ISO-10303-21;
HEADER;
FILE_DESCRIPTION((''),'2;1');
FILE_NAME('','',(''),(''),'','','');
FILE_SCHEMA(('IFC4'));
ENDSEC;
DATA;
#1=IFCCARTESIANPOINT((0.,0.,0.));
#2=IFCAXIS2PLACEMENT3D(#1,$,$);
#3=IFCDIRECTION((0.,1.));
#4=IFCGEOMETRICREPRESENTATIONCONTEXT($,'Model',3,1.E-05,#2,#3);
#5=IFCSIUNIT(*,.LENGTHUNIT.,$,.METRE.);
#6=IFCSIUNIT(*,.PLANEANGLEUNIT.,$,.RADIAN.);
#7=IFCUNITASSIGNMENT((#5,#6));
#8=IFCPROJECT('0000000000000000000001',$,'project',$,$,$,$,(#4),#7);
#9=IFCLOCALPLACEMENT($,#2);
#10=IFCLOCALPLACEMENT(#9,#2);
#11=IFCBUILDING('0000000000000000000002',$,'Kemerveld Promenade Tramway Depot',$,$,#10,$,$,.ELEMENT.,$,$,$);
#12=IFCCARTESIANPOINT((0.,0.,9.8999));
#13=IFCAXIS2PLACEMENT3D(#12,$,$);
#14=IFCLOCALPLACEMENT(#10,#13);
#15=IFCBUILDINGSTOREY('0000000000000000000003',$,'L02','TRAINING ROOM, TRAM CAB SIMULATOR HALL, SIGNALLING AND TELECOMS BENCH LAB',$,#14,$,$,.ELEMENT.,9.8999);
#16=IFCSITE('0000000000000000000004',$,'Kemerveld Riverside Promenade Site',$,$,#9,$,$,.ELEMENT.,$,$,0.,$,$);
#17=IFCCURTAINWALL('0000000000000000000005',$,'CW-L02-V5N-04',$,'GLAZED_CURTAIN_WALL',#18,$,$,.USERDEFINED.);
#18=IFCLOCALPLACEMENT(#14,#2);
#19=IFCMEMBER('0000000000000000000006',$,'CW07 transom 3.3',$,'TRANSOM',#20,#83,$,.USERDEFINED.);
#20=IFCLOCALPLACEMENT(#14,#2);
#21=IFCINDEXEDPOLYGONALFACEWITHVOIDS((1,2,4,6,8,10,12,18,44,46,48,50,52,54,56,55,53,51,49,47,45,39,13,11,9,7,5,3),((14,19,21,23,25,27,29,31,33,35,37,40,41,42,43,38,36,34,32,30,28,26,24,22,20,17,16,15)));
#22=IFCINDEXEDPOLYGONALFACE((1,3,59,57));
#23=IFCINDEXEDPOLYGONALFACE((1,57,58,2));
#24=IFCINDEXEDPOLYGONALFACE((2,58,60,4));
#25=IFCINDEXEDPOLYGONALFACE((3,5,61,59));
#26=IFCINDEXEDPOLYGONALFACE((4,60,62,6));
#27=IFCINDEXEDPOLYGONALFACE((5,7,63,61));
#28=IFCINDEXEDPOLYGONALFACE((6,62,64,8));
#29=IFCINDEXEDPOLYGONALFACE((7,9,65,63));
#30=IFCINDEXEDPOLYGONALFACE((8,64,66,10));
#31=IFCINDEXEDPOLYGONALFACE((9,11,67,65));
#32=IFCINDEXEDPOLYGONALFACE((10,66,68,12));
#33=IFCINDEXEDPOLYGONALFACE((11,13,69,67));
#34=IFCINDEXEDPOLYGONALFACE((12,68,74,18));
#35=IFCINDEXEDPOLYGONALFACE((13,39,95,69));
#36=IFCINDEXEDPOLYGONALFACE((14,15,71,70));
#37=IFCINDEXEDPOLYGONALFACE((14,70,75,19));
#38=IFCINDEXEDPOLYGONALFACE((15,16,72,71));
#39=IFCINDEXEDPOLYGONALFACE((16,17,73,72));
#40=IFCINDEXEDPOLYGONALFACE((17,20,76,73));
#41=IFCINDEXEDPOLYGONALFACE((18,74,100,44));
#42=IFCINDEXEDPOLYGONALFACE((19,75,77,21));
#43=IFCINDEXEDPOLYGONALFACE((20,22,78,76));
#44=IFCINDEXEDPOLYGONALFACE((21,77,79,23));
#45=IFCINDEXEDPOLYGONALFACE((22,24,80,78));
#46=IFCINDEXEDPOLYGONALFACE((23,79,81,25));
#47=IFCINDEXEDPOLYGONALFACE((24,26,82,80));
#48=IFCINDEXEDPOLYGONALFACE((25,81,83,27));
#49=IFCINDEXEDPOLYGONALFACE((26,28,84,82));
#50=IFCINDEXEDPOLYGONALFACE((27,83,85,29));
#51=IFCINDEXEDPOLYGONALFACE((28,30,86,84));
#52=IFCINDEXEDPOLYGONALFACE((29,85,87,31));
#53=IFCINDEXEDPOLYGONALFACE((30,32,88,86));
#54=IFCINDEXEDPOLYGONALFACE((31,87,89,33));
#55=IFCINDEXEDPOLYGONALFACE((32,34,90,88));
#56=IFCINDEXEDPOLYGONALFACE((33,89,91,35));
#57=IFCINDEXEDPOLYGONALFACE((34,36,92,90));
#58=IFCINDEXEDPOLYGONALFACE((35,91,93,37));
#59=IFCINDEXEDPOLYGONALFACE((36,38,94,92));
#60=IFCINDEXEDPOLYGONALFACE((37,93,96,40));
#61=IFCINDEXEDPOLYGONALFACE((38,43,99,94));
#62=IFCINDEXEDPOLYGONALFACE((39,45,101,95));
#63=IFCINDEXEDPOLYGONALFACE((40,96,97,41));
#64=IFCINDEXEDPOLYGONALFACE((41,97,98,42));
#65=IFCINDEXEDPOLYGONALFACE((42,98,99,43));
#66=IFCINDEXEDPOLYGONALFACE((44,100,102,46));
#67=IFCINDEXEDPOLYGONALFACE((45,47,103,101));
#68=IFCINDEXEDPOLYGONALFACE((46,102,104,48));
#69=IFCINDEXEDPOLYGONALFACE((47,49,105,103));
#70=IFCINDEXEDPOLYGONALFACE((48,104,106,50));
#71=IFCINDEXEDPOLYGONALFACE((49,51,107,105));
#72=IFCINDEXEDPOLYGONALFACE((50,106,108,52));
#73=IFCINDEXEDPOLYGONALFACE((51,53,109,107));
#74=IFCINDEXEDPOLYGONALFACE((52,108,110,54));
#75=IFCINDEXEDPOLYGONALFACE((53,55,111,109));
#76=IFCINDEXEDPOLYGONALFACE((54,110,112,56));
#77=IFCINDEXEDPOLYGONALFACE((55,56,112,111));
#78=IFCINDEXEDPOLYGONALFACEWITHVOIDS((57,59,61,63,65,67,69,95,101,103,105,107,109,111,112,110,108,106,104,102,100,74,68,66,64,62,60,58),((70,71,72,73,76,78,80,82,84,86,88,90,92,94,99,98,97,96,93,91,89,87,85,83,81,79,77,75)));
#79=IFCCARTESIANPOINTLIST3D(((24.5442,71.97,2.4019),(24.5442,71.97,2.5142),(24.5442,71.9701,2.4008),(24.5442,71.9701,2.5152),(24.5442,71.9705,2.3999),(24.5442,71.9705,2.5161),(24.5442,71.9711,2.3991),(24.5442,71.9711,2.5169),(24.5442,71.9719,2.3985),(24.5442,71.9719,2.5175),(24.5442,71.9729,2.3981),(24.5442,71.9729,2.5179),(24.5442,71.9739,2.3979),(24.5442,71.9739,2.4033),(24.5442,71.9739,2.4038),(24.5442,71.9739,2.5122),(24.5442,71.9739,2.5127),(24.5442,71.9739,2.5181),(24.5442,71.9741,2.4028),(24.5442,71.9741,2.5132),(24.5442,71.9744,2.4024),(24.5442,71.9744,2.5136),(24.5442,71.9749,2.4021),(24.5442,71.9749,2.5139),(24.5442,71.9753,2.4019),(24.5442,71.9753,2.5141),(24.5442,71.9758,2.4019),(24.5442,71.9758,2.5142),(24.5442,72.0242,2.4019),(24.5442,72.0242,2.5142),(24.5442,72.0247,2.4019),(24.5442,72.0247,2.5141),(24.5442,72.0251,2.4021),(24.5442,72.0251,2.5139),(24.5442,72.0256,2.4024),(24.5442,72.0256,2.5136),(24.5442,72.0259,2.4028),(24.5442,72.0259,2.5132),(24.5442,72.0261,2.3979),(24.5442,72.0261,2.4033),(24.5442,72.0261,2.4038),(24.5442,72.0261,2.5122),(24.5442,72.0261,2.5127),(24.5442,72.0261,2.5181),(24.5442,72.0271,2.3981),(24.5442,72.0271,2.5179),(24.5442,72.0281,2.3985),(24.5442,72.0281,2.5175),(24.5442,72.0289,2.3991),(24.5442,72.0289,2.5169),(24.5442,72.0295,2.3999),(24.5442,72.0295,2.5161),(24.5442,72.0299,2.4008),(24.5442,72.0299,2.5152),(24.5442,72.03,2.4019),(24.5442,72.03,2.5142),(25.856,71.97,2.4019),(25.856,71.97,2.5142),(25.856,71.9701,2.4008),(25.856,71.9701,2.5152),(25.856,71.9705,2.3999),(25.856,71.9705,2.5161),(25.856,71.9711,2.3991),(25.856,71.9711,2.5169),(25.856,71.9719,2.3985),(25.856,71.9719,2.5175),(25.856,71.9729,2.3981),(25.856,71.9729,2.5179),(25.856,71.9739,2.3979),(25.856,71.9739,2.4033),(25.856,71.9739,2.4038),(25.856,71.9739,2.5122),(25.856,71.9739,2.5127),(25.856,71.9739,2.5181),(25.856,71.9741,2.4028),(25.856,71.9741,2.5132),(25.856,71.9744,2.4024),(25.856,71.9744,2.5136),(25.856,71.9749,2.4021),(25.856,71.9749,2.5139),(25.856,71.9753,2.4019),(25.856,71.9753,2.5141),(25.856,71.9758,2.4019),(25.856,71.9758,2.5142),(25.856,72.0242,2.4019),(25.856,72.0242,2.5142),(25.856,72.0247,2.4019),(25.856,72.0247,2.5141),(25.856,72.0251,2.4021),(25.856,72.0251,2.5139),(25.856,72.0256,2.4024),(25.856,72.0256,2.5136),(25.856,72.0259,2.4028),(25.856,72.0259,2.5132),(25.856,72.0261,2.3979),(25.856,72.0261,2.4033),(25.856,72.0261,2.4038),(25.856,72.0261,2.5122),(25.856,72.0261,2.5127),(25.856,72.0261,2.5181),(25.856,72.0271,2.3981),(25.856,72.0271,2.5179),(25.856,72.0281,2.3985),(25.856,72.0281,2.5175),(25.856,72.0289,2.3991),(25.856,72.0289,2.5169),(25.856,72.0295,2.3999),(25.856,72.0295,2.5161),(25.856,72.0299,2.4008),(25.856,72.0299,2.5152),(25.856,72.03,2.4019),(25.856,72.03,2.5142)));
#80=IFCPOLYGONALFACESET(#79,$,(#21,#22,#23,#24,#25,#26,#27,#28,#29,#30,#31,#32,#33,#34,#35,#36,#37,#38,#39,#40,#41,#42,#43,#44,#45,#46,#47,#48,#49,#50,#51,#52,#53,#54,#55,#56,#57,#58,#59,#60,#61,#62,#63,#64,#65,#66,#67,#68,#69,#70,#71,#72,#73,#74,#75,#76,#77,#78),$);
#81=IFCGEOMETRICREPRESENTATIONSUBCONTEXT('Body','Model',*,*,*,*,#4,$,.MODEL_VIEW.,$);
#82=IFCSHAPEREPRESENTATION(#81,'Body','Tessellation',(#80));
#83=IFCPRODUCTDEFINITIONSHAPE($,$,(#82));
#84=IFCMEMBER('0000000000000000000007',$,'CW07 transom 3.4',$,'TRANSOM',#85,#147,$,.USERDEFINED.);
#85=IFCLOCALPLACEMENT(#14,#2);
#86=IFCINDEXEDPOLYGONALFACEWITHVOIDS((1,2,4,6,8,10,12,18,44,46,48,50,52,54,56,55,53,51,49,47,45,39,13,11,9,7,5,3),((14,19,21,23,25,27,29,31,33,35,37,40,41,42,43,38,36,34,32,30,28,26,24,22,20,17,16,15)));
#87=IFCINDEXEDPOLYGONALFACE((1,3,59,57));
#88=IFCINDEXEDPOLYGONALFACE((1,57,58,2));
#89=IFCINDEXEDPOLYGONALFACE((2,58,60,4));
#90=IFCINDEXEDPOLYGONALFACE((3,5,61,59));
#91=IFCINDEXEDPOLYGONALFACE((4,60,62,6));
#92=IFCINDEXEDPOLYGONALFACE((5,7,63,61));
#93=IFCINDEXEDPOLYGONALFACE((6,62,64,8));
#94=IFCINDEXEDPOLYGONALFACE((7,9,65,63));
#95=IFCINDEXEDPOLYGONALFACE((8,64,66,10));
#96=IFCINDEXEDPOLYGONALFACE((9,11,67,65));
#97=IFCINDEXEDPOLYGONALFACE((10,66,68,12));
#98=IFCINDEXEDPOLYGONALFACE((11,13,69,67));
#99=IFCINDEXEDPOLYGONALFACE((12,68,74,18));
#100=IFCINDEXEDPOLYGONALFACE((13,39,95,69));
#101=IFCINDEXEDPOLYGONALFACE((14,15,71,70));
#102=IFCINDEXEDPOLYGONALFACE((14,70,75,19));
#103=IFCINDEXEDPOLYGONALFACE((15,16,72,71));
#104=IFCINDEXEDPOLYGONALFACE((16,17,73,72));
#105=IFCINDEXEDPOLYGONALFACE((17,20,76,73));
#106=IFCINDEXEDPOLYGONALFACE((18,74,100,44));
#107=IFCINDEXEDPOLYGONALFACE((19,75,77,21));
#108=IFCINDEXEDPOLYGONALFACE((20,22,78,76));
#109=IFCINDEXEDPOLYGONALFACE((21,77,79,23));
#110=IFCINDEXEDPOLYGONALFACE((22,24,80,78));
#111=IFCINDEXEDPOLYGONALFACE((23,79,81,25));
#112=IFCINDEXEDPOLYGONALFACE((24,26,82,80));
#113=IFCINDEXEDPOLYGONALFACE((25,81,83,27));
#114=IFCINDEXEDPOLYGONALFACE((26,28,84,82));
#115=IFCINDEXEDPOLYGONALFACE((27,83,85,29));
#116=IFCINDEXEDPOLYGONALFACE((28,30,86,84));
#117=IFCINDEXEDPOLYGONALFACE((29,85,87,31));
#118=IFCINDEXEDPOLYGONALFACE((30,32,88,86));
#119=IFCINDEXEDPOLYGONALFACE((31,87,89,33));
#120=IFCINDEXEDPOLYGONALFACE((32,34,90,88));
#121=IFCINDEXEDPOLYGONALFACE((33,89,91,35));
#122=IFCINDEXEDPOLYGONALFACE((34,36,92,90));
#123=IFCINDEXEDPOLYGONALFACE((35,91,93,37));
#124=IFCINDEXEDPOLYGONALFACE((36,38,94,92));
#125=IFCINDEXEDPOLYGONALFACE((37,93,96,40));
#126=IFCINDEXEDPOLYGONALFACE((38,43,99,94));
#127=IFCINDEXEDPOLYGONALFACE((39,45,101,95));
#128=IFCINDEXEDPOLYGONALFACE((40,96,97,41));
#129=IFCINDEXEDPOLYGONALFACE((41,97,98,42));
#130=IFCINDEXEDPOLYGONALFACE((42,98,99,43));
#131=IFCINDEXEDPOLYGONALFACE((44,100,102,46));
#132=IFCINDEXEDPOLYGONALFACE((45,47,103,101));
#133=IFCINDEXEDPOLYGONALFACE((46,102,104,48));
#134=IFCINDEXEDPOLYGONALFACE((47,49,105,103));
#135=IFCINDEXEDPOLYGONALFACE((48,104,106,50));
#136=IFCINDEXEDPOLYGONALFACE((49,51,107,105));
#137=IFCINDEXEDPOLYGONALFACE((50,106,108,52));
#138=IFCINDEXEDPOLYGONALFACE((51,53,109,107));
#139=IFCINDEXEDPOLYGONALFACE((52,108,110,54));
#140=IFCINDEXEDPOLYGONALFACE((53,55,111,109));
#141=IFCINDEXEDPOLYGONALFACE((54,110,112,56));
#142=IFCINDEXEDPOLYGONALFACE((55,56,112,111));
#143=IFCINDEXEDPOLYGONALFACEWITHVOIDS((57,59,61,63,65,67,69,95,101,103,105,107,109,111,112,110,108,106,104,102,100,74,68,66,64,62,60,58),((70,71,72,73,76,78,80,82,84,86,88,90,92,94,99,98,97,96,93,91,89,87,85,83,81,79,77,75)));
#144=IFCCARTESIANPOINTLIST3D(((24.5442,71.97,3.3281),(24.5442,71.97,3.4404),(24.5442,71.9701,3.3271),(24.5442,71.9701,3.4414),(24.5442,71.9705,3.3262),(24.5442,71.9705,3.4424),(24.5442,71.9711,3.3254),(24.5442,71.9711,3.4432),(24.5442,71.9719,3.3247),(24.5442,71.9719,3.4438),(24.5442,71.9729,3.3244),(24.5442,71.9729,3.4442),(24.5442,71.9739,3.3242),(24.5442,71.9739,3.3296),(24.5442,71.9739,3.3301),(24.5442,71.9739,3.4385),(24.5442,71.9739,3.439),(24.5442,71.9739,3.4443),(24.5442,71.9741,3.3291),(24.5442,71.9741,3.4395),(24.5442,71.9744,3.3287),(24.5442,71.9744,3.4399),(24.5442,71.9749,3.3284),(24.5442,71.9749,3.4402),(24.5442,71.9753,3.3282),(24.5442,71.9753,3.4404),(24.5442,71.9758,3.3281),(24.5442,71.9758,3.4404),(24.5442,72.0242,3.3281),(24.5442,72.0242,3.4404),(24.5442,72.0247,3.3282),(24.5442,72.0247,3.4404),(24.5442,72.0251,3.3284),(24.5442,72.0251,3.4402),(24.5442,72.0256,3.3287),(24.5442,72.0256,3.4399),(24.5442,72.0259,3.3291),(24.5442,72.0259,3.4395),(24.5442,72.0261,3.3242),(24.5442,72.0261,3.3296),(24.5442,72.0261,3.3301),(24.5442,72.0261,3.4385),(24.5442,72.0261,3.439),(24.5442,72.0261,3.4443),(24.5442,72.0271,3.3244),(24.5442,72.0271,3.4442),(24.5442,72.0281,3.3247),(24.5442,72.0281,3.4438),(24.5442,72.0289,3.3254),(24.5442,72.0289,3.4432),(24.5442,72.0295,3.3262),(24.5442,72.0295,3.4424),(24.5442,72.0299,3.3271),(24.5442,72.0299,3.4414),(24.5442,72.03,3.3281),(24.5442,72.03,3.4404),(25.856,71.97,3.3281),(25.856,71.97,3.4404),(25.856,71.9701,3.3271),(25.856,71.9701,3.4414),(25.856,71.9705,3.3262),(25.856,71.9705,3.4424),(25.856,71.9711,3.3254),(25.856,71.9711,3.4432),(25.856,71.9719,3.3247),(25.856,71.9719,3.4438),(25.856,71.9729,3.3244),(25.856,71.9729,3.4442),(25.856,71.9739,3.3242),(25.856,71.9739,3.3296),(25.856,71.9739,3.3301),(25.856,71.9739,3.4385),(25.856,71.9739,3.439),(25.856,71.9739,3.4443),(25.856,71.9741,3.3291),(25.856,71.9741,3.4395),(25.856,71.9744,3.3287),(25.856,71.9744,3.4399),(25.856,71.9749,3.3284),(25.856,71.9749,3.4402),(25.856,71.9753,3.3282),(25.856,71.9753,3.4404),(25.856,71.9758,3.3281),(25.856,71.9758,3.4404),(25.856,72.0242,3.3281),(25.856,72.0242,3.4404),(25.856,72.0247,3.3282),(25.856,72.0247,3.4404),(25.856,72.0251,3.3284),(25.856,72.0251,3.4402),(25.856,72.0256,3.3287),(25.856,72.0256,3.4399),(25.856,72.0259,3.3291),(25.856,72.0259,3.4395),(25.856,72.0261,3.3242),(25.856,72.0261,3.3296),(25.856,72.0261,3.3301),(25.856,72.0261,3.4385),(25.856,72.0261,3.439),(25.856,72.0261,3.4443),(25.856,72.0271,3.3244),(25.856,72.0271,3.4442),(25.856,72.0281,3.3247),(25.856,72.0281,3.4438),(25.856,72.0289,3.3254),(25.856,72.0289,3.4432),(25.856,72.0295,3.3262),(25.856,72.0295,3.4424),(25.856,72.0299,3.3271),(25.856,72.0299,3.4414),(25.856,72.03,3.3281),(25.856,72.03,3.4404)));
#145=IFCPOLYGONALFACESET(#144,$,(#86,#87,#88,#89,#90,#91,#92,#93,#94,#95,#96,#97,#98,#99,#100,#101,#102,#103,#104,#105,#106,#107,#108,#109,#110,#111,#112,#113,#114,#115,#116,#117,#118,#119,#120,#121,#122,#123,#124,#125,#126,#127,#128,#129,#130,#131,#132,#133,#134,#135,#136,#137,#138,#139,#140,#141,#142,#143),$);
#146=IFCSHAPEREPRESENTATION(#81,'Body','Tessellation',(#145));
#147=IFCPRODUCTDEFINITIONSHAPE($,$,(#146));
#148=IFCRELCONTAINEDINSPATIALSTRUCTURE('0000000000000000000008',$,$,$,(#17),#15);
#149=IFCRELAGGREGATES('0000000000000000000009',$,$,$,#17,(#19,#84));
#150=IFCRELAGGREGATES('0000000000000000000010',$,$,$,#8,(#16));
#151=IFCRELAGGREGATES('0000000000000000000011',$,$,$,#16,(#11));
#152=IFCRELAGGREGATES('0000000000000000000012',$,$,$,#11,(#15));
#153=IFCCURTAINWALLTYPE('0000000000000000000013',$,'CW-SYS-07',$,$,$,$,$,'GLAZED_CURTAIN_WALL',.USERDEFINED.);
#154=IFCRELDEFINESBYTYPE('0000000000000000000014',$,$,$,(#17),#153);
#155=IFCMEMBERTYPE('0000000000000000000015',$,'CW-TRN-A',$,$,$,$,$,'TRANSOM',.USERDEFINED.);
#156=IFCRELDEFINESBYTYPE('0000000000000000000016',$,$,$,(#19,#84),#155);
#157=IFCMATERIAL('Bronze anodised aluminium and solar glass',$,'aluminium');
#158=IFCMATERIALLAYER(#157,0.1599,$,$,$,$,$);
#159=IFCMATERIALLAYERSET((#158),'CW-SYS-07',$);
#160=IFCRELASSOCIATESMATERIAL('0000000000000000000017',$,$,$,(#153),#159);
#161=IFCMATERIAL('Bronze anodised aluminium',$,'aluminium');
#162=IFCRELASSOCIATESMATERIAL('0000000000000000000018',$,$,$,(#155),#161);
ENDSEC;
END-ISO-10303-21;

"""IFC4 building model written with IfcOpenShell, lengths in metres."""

from ifc_helpers import new_model, si_unit, direction, frame, origin, origin_2d, place, context, subcontext, project, spatial, hollow_rectangle, extrude, material, layer, layer_set, material_profile, profile_set, type_object, element, aggregate, save


model = new_model("IFC4")

# Units and contexts
model_context = context("Model", 3, precision=1e-05, world=origin(), true_north=direction((0.0, 1.0)))
body_context = subcontext(model_context, "Body", "Model", "MODEL_VIEW")
ifc_project = project(units=[si_unit("LENGTHUNIT", "METRE"), si_unit("PLANEANGLEUNIT", "RADIAN")], contexts=[model_context])

# Site, building, storey
site_placement = place(None, origin())
site = spatial("IfcSite", under=ifc_project, at=site_placement, Name="Kemerveld Riverside Promenade Site", CompositionType="ELEMENT", RefElevation=0.0)
building_placement = place(site_placement, origin())
building = spatial("IfcBuilding", under=site, at=building_placement, Name="Kemerveld Promenade Tramway Depot", CompositionType="ELEMENT")
storey_placement = place(building_placement, frame((0.0, 0.0, 9.8999)))
storey = spatial("IfcBuildingStorey", under=building, at=storey_placement, Name="L02", Description="TRAINING ROOM, TRAM CAB SIMULATOR HALL, SIGNALLING AND TELECOMS BENCH LAB", CompositionType="ELEMENT", Elevation=9.8999)

# Curtain wall, members
ifc_material_1 = material(Name="Bronze anodised aluminium and solar glass", Category="aluminium")
ifc_layer_1 = layer(ifc_material_1, 0.1599)
ifc_layer_set_1 = layer_set([ifc_layer_1], Name="CW-SYS-07")
curtain_wall_type = type_object("IfcCurtainWallType", Name="CW-SYS-07", ElementType="GLAZED_CURTAIN_WALL", PredefinedType="USERDEFINED", material=ifc_layer_set_1)
curtain_wall_placement = place(storey_placement, origin())
curtain_wall = element("IfcCurtainWall", 1, at=curtain_wall_placement, inside=storey, type_object=curtain_wall_type, Name="CW-L02-V5N-04", ObjectType="GLAZED_CURTAIN_WALL", PredefinedType="USERDEFINED")
ifc_material_2 = material(Name="Bronze anodised aluminium", Category="aluminium")
ifc_material_profile_1 = material_profile(ifc_material_2, hollow_rectangle(XDim=0.0601, YDim=0.1201, WallThickness=0.0039, InnerFilletRadius=0.002, OuterFilletRadius=0.0039, at=origin_2d()), Name="CW-TRN-120x60")
ifc_profile_set_1 = profile_set([ifc_material_profile_1], Name="Bronze anodised aluminium")
member_type_1 = type_object("IfcMemberType", Name="CW-TRN-A", ElementType="TRANSOM", PredefinedType="USERDEFINED", material=ifc_profile_set_1)
member_1_placement = place(storey_placement, frame((24.5442, 72.0, 2.458), z_axis=(1.0, 0.0, 0.0), x_axis=(0.0, 1.0, 0.0)))
member_1 = element("IfcMember", 2, at=member_1_placement, type_object=member_type_1, Name="CW07 transom 3.3", ObjectType="TRANSOM", PredefinedType="USERDEFINED", context=body_context, shape_type="SweptSolid", body=[
    extrude(hollow_rectangle(XDim=0.0601, YDim=0.1201, WallThickness=0.0039, InnerFilletRadius=0.002, OuterFilletRadius=0.0039, at=origin_2d()), origin(), (0.0, 0.0, 1.0), 1.3118),
])
member_2_placement = place(storey_placement, frame((24.5442, 72.0, 3.3843), z_axis=(1.0, 0.0, 0.0), x_axis=(0.0, 1.0, 0.0)))
member_2 = element("IfcMember", 3, at=member_2_placement, type_object=member_type_1, Name="CW07 transom 3.4", ObjectType="TRANSOM", PredefinedType="USERDEFINED", context=body_context, shape_type="SweptSolid", body=[
    extrude(hollow_rectangle(XDim=0.0601, YDim=0.1201, WallThickness=0.0039, InnerFilletRadius=0.002, OuterFilletRadius=0.0039, at=origin_2d()), origin(), (0.0, 0.0, 1.0), 1.3118),
])
aggregate(curtain_wall, [member_1, member_2])

save(model, "model.ifc")
